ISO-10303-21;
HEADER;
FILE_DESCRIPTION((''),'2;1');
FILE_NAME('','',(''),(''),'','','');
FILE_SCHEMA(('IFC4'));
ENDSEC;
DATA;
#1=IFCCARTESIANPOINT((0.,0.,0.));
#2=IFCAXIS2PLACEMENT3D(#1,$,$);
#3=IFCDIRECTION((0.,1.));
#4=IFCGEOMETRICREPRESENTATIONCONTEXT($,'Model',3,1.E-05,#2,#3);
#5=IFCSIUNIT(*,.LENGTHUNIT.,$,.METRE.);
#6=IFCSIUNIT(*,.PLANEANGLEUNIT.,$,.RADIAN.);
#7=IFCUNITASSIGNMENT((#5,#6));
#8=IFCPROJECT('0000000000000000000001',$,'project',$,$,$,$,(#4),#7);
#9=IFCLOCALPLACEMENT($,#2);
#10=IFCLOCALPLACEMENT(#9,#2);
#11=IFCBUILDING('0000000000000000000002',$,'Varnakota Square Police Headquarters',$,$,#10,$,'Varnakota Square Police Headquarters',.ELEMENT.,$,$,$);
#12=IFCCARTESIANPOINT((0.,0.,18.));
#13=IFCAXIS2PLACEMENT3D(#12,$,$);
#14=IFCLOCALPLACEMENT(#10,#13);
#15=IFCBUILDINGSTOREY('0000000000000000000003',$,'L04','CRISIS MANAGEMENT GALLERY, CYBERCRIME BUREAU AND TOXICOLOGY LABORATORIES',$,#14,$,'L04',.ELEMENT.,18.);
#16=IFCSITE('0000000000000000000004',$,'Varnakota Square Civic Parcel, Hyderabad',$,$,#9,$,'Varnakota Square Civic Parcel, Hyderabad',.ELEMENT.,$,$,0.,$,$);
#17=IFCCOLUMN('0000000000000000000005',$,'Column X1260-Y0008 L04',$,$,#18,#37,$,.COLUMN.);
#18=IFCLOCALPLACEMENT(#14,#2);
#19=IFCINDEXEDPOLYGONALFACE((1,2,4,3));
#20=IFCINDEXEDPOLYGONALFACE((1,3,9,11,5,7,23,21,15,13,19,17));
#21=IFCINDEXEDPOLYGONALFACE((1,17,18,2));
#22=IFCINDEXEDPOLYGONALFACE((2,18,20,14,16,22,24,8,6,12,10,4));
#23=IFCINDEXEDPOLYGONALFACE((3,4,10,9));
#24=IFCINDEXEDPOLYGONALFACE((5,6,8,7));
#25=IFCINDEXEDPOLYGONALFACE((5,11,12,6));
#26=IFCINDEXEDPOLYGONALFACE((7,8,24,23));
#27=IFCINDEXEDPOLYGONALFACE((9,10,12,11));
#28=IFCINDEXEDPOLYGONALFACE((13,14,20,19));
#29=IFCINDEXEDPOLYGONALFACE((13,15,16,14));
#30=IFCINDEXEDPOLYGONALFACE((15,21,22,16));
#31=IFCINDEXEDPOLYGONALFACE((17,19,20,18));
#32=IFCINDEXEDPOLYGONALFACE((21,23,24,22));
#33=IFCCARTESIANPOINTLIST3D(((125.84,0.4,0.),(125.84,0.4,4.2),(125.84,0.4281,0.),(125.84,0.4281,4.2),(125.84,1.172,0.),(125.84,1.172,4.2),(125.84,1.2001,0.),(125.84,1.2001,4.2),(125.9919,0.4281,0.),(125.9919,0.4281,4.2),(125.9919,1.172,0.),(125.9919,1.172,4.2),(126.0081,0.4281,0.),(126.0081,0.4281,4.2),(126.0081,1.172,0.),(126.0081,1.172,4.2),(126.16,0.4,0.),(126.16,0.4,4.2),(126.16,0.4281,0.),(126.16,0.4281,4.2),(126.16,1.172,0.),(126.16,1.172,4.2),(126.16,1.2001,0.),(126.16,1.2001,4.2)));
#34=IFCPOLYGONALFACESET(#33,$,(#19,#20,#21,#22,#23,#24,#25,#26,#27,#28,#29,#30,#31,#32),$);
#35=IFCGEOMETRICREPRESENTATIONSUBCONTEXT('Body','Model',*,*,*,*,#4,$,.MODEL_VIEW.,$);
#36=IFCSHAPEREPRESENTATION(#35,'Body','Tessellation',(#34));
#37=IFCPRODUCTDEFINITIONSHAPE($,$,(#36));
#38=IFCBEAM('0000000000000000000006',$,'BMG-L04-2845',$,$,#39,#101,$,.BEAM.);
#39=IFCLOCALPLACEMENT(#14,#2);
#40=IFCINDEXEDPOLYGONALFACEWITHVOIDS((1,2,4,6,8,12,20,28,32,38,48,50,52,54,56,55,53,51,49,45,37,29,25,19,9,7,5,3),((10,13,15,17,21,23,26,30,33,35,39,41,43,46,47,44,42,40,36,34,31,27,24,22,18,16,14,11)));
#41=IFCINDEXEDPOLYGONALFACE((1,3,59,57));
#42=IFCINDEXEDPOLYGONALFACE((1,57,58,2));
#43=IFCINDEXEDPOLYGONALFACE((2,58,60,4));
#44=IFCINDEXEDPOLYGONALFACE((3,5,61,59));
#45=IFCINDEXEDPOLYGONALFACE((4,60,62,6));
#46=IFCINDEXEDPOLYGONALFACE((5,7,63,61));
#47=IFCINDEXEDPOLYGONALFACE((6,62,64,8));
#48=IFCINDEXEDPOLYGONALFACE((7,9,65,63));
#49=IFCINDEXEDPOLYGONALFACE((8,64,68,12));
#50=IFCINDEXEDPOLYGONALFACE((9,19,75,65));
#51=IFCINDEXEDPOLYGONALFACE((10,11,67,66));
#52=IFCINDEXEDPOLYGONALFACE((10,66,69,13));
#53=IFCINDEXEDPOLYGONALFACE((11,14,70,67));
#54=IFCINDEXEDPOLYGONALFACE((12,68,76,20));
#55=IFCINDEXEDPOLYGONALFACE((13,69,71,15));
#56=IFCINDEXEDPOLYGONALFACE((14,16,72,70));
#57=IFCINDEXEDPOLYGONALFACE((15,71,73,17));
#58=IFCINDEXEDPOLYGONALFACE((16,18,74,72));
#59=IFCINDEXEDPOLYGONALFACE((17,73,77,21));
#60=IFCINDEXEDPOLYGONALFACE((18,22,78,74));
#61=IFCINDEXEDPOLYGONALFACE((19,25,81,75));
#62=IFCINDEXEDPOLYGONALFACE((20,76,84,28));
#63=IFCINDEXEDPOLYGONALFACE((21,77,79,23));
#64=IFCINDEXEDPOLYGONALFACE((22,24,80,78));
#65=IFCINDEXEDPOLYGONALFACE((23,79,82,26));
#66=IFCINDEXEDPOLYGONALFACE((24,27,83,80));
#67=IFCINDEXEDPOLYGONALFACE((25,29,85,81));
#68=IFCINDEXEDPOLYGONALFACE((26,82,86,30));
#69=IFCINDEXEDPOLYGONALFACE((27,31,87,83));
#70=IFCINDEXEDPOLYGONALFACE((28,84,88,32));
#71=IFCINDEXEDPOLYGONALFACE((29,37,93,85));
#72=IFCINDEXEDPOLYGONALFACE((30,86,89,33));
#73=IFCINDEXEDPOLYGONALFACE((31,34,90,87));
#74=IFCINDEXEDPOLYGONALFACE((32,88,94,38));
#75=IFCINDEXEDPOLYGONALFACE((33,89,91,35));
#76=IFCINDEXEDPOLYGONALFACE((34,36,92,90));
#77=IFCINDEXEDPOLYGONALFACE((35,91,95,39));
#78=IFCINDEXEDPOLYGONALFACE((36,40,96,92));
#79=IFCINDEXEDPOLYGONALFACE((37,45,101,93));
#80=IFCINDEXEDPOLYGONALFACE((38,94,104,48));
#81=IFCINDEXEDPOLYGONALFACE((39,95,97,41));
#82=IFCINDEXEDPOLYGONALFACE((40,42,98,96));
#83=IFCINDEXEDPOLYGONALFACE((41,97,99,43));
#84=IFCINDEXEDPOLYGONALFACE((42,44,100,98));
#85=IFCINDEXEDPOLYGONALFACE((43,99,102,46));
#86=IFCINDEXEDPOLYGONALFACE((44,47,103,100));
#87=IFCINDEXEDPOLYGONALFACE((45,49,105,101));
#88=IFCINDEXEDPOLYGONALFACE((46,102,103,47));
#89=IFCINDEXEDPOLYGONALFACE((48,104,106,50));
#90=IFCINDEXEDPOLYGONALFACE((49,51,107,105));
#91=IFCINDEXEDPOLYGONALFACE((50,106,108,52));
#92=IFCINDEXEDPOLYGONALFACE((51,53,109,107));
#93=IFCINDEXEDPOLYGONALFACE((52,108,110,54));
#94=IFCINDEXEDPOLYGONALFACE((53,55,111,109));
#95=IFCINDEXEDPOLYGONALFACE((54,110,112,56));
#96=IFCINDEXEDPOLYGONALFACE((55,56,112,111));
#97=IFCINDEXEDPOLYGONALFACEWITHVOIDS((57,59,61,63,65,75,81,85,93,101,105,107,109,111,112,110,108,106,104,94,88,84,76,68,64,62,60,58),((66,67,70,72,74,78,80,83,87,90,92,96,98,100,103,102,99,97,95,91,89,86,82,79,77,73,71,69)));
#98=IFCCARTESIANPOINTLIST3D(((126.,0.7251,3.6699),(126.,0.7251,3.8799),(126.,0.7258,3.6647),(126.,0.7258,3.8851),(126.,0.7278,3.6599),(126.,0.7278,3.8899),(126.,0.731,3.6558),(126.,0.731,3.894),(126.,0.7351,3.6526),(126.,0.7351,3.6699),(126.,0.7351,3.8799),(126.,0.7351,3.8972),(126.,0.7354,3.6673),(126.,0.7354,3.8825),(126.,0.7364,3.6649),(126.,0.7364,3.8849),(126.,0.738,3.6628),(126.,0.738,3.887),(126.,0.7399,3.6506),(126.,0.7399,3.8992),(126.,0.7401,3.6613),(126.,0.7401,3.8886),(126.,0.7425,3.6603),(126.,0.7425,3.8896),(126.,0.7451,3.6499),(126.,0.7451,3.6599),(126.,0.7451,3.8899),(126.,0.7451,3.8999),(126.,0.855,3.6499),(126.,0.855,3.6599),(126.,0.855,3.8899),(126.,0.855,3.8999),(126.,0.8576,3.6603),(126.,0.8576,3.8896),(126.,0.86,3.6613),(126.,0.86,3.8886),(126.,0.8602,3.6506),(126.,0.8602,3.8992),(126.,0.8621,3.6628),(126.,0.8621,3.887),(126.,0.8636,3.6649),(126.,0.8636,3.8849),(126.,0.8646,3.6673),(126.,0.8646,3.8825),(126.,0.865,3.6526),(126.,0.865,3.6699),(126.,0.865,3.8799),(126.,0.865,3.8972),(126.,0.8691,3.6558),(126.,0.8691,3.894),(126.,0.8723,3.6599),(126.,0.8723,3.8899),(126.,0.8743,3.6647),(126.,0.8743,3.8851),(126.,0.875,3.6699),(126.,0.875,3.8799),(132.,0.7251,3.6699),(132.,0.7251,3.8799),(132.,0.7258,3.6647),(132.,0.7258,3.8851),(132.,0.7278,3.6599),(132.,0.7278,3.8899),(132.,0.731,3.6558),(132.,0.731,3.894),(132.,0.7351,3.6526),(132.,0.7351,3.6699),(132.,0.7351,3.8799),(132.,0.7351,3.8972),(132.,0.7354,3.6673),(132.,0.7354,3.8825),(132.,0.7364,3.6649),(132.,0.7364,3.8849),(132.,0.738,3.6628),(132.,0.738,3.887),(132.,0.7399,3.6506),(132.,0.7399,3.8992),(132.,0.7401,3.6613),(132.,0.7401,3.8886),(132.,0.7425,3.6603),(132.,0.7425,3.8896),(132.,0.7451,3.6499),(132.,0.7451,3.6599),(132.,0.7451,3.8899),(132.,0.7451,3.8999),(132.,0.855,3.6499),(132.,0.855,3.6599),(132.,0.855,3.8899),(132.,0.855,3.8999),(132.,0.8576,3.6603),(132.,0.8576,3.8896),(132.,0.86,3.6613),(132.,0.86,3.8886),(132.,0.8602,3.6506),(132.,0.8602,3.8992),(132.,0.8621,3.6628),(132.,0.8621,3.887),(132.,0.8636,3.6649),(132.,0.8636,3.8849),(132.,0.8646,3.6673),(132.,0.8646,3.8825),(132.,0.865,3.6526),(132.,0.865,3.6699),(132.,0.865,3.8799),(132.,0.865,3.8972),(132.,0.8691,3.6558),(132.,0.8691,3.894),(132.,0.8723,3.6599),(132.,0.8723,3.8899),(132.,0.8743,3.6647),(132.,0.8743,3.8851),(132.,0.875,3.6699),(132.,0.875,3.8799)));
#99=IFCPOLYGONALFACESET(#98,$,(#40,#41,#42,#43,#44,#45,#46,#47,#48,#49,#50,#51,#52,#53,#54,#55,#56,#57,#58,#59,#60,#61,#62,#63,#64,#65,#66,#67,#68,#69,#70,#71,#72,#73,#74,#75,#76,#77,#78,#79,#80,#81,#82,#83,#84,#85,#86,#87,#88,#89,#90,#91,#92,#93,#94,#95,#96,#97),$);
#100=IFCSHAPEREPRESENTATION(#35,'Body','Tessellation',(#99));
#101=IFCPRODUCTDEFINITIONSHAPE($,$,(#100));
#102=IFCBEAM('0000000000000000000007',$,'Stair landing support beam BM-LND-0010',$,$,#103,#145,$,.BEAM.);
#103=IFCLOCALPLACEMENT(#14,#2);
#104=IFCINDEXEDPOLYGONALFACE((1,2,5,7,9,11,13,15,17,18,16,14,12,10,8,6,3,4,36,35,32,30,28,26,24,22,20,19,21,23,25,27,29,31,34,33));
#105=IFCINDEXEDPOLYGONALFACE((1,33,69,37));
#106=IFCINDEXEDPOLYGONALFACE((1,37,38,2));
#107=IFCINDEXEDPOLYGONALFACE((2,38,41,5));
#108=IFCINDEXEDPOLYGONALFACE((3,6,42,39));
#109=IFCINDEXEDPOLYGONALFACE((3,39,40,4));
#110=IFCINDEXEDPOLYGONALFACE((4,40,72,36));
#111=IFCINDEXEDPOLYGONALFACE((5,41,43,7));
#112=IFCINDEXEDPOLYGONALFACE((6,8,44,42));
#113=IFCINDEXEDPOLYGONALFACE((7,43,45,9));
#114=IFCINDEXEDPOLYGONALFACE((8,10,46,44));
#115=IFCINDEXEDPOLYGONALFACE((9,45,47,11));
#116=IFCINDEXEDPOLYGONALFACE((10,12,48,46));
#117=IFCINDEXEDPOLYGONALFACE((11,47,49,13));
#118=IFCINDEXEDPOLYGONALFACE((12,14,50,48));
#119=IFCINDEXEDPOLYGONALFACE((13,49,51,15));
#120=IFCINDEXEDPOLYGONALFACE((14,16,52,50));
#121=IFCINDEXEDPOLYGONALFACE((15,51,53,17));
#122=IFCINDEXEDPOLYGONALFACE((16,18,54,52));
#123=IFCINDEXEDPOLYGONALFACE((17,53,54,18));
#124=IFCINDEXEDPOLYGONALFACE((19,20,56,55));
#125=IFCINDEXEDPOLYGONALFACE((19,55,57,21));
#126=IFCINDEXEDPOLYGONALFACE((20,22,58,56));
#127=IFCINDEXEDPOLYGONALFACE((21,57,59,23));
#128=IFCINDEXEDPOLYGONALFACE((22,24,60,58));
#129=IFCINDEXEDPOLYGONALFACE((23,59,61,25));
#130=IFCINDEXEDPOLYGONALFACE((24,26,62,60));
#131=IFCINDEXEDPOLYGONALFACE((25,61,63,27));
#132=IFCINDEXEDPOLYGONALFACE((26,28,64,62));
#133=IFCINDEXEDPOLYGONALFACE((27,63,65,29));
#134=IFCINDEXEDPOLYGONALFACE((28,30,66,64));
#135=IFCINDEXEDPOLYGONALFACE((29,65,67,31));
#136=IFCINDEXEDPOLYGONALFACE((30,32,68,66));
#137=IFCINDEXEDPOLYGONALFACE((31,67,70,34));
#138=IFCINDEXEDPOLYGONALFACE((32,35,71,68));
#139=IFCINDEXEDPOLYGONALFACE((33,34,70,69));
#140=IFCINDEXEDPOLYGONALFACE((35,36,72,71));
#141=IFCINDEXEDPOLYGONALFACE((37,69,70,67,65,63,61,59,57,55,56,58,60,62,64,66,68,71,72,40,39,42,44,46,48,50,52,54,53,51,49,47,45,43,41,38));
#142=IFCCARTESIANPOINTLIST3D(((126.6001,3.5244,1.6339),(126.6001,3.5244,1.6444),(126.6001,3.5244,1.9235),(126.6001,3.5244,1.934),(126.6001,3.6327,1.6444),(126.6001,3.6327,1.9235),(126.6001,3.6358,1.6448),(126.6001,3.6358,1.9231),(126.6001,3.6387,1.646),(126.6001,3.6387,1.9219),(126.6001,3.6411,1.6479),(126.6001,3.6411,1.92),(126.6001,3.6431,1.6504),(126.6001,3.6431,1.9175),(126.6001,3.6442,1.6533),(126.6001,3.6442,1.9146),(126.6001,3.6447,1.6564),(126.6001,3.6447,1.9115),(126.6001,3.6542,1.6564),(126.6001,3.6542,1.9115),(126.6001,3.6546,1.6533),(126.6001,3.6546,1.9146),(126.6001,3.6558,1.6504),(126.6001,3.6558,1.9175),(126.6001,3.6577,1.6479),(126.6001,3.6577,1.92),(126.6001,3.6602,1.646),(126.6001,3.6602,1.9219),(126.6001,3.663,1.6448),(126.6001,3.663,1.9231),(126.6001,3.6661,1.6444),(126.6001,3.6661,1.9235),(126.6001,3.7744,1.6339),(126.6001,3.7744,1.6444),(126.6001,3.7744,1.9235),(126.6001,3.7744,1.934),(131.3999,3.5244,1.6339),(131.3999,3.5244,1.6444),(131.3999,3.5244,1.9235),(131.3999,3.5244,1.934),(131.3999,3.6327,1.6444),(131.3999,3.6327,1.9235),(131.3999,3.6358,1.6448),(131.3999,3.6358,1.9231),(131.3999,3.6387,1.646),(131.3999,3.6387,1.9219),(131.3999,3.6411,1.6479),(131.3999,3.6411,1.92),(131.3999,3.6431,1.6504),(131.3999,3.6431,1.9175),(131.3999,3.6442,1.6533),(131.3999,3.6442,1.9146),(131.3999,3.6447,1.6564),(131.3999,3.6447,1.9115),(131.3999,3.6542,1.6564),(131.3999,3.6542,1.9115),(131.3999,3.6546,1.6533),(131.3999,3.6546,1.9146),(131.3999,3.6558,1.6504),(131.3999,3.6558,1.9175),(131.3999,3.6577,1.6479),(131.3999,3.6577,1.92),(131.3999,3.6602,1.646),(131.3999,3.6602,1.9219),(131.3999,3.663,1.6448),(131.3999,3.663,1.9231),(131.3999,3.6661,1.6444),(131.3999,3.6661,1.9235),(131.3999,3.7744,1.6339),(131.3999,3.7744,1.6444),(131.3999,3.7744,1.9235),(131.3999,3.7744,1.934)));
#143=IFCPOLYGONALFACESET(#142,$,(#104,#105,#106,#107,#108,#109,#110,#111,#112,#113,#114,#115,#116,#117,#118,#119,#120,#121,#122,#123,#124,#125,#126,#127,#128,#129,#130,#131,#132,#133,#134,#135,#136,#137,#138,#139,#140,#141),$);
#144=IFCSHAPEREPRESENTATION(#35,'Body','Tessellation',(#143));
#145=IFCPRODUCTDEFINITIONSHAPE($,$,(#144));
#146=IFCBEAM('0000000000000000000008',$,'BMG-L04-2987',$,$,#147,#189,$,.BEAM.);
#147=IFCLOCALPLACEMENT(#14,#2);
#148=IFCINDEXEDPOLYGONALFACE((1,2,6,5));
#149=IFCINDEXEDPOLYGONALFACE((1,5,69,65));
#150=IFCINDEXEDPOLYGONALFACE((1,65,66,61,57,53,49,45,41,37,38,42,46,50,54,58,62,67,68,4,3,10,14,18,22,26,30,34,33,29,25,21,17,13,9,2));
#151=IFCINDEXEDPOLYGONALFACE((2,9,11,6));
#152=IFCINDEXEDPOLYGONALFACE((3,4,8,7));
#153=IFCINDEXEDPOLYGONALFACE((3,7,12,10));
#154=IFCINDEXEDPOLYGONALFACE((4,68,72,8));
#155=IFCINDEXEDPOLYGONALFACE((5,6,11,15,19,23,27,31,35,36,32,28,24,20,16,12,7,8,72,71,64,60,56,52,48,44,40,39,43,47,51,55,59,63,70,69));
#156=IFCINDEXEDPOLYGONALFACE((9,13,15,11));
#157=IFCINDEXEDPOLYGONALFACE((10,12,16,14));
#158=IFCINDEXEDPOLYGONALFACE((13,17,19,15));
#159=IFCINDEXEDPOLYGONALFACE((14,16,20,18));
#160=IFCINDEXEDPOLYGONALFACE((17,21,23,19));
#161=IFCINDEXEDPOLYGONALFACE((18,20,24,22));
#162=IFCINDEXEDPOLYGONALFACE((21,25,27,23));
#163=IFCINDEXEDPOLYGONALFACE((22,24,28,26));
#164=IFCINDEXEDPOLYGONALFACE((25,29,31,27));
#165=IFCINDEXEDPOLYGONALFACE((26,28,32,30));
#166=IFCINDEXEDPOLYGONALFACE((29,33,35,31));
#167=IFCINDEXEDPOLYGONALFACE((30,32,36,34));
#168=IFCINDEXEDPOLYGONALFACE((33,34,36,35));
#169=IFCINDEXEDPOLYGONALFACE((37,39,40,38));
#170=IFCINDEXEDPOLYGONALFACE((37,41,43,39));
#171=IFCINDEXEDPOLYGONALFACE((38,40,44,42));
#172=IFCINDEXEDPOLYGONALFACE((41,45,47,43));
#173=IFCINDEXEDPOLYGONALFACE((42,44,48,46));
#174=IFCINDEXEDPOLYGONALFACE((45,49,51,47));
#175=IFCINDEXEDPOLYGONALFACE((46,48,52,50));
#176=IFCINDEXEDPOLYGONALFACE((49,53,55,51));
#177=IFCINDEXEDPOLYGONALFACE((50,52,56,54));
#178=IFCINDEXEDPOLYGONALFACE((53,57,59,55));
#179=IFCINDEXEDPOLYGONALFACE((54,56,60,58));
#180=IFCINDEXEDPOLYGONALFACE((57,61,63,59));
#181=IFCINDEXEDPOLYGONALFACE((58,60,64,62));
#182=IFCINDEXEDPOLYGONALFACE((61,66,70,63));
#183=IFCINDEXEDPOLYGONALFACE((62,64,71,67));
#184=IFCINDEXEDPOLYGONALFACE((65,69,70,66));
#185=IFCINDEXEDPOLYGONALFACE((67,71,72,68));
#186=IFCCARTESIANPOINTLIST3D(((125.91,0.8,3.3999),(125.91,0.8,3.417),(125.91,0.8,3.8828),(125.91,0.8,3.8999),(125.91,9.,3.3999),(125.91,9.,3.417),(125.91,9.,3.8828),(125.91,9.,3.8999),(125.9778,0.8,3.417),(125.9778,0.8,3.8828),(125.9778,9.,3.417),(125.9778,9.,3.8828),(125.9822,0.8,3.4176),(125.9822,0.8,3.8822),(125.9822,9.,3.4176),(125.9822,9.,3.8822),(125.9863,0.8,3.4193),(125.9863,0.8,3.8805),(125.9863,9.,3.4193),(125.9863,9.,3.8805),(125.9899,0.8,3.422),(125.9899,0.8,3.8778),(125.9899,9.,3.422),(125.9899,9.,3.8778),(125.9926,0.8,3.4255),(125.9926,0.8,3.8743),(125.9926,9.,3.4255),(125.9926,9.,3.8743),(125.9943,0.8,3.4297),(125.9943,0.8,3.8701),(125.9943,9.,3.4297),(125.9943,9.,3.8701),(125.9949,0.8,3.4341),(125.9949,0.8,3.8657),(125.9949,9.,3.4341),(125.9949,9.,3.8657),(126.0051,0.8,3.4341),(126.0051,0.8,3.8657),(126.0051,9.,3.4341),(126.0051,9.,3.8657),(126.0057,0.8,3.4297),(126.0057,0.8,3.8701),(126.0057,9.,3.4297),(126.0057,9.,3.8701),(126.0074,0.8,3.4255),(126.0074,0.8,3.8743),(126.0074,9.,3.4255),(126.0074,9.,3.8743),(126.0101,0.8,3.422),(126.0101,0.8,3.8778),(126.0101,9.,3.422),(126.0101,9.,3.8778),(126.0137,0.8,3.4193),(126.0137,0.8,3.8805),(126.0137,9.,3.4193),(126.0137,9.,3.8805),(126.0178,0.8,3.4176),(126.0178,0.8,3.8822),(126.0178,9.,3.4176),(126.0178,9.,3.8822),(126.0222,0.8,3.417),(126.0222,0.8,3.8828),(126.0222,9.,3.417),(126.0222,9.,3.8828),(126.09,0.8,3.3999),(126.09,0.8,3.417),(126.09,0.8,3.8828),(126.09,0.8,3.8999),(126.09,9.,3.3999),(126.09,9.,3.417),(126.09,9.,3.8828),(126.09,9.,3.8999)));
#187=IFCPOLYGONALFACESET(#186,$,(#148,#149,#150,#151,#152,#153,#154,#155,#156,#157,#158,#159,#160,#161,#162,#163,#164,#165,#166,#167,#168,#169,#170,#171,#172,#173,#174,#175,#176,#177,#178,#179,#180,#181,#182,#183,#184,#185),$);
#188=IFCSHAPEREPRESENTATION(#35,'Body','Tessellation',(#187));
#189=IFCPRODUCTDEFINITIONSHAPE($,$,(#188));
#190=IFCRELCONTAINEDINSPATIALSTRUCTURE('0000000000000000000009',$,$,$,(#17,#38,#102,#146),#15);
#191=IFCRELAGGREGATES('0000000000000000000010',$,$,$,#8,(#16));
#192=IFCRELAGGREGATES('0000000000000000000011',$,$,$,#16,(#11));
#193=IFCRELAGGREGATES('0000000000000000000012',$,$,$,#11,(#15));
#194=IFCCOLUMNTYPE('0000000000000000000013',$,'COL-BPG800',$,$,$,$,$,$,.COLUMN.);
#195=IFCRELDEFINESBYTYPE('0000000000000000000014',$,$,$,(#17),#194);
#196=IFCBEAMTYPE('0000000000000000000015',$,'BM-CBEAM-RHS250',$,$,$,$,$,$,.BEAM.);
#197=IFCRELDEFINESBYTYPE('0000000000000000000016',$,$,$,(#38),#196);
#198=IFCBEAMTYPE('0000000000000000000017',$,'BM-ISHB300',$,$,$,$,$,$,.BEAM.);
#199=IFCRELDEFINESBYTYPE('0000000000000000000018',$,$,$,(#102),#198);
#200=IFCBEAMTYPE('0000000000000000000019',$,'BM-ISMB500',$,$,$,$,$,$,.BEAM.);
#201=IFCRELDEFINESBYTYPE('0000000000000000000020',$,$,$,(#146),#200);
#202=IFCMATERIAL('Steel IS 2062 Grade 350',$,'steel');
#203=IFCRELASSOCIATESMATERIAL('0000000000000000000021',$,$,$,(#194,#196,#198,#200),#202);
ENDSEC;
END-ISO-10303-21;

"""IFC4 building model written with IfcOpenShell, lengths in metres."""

from ifc_helpers import new_model, si_unit, direction, frame, origin, origin_2d, place, context, subcontext, project, spatial, hollow_rectangle, i_section, extrude, material, material_profile, profile_set, type_object, element, save


model = new_model("IFC4")

# Units and contexts
model_context = context("Model", 3, precision=1e-05, world=origin(), true_north=direction((0.0, 1.0)))
body_context = subcontext(model_context, "Body", "Model", "MODEL_VIEW")
ifc_project = project(units=[si_unit("LENGTHUNIT", "METRE"), si_unit("PLANEANGLEUNIT", "RADIAN")], contexts=[model_context])

# Site, building, storey
site_placement = place(None, origin())
site = spatial("IfcSite", under=ifc_project, at=site_placement, Name="Varnakota Square Civic Parcel, Hyderabad", LongName="Varnakota Square Civic Parcel, Hyderabad", CompositionType="ELEMENT", RefElevation=0.0)
building_placement = place(site_placement, origin())
building = spatial("IfcBuilding", under=site, at=building_placement, Name="Varnakota Square Police Headquarters", LongName="Varnakota Square Police Headquarters", CompositionType="ELEMENT")
storey_placement = place(building_placement, frame((0.0, 0.0, 18.0)))
storey = spatial("IfcBuildingStorey", under=building, at=storey_placement, Name="L04", Description="CRISIS MANAGEMENT GALLERY, CYBERCRIME BUREAU AND TOXICOLOGY LABORATORIES", LongName="L04", CompositionType="ELEMENT", Elevation=18.0)

# Column
ifc_material_1 = material(Name="Steel IS 2062 Grade 350", Category="steel")
ifc_material_profile_1 = material_profile(ifc_material_1, i_section(OverallWidth=0.3201, OverallDepth=0.8, WebThickness=0.0161, FlangeThickness=0.0281, at=origin_2d()), Name="BPG 800x320")
ifc_profile_set_1 = profile_set([ifc_material_profile_1], Name="Steel IS 2062 Grade 350")
column_type = type_object("IfcColumnType", Name="COL-BPG800", PredefinedType="COLUMN", material=ifc_profile_set_1)
column_placement = place(storey_placement, frame((126.0, 0.8, 0.0), z_axis=(0.0, 0.0, 1.0), x_axis=(1.0, 0.0, 0.0)))
element("IfcColumn", 1, at=column_placement, inside=storey, type_object=column_type, Name="Column X1260-Y0008 L04", PredefinedType="COLUMN", context=body_context, shape_type="SweptSolid", body=[
    extrude(i_section(OverallWidth=0.3201, OverallDepth=0.8, WebThickness=0.0161, FlangeThickness=0.0281, at=origin_2d()), origin(), (0.0, 0.0, 1.0), 4.2),
])

# Beams
ifc_material_profile_2 = material_profile(ifc_material_1, hollow_rectangle(XDim=0.1499, YDim=0.25, WallThickness=0.01, InnerFilletRadius=0.01, OuterFilletRadius=0.02, at=origin_2d()), Name="RHS 250x150x10")
ifc_profile_set_2 = profile_set([ifc_material_profile_2], Name="Steel IS 2062 Grade 350")
beam_type_1 = type_object("IfcBeamType", Name="BM-CBEAM-RHS250", PredefinedType="BEAM", material=ifc_profile_set_2)
beam_1_placement = place(storey_placement, frame((126.0, 0.8, 3.7749), z_axis=(1.0, 0.0, 0.0), x_axis=(0.0, 1.0, 0.0)))
element("IfcBeam", 2, at=beam_1_placement, inside=storey, type_object=beam_type_1, Name="BMG-L04-2845", PredefinedType="BEAM", context=body_context, shape_type="SweptSolid", body=[
    extrude(hollow_rectangle(XDim=0.1499, YDim=0.25, WallThickness=0.01, InnerFilletRadius=0.01, OuterFilletRadius=0.02, at=origin_2d()), origin(), (0.0, 0.0, 1.0), 6.0),
])
ifc_material_profile_3 = material_profile(ifc_material_1, i_section(OverallWidth=0.25, OverallDepth=0.3, WebThickness=0.0095, FlangeThickness=0.0105, FilletRadius=0.012, at=origin_2d()), Name="ISHB 300")
ifc_profile_set_3 = profile_set([ifc_material_profile_3], Name="Steel IS 2062 Grade 350")
beam_type_2 = type_object("IfcBeamType", Name="BM-ISHB300", PredefinedType="BEAM", material=ifc_profile_set_3)
beam_2_placement = place(storey_placement, frame((126.6001, 3.6494, 1.7839), z_axis=(1.0, 0.0, 0.0), x_axis=(0.0, 1.0, 0.0)))
element("IfcBeam", 3, at=beam_2_placement, inside=storey, type_object=beam_type_2, Name="Stair landing support beam BM-LND-0010", PredefinedType="BEAM", context=body_context, shape_type="SweptSolid", body=[
    extrude(i_section(OverallWidth=0.25, OverallDepth=0.3, WebThickness=0.0095, FlangeThickness=0.0105, FilletRadius=0.012, at=origin_2d()), origin(), (0.0, 0.0, 1.0), 4.7998),
])
ifc_material_profile_4 = material_profile(ifc_material_1, i_section(OverallWidth=0.1799, OverallDepth=0.5, WebThickness=0.0103, FlangeThickness=0.0171, FilletRadius=0.0171, at=origin_2d()), Name="ISMB 500")
ifc_profile_set_4 = profile_set([ifc_material_profile_4], Name="Steel IS 2062 Grade 350")
beam_type_3 = type_object("IfcBeamType", Name="BM-ISMB500", PredefinedType="BEAM", material=ifc_profile_set_4)
beam_3_placement = place(storey_placement, frame((126.0, 0.8, 3.6499), z_axis=(0.0, 1.0, 0.0), x_axis=(-1.0, 0.0, 0.0)))
element("IfcBeam", 4, at=beam_3_placement, inside=storey, type_object=beam_type_3, Name="BMG-L04-2987", PredefinedType="BEAM", context=body_context, shape_type="SweptSolid", body=[
    extrude(i_section(OverallWidth=0.1799, OverallDepth=0.5, WebThickness=0.0103, FlangeThickness=0.0171, FilletRadius=0.0171, at=origin_2d()), origin(), (0.0, 0.0, 1.0), 8.2),
])

save(model, "model.ifc")
